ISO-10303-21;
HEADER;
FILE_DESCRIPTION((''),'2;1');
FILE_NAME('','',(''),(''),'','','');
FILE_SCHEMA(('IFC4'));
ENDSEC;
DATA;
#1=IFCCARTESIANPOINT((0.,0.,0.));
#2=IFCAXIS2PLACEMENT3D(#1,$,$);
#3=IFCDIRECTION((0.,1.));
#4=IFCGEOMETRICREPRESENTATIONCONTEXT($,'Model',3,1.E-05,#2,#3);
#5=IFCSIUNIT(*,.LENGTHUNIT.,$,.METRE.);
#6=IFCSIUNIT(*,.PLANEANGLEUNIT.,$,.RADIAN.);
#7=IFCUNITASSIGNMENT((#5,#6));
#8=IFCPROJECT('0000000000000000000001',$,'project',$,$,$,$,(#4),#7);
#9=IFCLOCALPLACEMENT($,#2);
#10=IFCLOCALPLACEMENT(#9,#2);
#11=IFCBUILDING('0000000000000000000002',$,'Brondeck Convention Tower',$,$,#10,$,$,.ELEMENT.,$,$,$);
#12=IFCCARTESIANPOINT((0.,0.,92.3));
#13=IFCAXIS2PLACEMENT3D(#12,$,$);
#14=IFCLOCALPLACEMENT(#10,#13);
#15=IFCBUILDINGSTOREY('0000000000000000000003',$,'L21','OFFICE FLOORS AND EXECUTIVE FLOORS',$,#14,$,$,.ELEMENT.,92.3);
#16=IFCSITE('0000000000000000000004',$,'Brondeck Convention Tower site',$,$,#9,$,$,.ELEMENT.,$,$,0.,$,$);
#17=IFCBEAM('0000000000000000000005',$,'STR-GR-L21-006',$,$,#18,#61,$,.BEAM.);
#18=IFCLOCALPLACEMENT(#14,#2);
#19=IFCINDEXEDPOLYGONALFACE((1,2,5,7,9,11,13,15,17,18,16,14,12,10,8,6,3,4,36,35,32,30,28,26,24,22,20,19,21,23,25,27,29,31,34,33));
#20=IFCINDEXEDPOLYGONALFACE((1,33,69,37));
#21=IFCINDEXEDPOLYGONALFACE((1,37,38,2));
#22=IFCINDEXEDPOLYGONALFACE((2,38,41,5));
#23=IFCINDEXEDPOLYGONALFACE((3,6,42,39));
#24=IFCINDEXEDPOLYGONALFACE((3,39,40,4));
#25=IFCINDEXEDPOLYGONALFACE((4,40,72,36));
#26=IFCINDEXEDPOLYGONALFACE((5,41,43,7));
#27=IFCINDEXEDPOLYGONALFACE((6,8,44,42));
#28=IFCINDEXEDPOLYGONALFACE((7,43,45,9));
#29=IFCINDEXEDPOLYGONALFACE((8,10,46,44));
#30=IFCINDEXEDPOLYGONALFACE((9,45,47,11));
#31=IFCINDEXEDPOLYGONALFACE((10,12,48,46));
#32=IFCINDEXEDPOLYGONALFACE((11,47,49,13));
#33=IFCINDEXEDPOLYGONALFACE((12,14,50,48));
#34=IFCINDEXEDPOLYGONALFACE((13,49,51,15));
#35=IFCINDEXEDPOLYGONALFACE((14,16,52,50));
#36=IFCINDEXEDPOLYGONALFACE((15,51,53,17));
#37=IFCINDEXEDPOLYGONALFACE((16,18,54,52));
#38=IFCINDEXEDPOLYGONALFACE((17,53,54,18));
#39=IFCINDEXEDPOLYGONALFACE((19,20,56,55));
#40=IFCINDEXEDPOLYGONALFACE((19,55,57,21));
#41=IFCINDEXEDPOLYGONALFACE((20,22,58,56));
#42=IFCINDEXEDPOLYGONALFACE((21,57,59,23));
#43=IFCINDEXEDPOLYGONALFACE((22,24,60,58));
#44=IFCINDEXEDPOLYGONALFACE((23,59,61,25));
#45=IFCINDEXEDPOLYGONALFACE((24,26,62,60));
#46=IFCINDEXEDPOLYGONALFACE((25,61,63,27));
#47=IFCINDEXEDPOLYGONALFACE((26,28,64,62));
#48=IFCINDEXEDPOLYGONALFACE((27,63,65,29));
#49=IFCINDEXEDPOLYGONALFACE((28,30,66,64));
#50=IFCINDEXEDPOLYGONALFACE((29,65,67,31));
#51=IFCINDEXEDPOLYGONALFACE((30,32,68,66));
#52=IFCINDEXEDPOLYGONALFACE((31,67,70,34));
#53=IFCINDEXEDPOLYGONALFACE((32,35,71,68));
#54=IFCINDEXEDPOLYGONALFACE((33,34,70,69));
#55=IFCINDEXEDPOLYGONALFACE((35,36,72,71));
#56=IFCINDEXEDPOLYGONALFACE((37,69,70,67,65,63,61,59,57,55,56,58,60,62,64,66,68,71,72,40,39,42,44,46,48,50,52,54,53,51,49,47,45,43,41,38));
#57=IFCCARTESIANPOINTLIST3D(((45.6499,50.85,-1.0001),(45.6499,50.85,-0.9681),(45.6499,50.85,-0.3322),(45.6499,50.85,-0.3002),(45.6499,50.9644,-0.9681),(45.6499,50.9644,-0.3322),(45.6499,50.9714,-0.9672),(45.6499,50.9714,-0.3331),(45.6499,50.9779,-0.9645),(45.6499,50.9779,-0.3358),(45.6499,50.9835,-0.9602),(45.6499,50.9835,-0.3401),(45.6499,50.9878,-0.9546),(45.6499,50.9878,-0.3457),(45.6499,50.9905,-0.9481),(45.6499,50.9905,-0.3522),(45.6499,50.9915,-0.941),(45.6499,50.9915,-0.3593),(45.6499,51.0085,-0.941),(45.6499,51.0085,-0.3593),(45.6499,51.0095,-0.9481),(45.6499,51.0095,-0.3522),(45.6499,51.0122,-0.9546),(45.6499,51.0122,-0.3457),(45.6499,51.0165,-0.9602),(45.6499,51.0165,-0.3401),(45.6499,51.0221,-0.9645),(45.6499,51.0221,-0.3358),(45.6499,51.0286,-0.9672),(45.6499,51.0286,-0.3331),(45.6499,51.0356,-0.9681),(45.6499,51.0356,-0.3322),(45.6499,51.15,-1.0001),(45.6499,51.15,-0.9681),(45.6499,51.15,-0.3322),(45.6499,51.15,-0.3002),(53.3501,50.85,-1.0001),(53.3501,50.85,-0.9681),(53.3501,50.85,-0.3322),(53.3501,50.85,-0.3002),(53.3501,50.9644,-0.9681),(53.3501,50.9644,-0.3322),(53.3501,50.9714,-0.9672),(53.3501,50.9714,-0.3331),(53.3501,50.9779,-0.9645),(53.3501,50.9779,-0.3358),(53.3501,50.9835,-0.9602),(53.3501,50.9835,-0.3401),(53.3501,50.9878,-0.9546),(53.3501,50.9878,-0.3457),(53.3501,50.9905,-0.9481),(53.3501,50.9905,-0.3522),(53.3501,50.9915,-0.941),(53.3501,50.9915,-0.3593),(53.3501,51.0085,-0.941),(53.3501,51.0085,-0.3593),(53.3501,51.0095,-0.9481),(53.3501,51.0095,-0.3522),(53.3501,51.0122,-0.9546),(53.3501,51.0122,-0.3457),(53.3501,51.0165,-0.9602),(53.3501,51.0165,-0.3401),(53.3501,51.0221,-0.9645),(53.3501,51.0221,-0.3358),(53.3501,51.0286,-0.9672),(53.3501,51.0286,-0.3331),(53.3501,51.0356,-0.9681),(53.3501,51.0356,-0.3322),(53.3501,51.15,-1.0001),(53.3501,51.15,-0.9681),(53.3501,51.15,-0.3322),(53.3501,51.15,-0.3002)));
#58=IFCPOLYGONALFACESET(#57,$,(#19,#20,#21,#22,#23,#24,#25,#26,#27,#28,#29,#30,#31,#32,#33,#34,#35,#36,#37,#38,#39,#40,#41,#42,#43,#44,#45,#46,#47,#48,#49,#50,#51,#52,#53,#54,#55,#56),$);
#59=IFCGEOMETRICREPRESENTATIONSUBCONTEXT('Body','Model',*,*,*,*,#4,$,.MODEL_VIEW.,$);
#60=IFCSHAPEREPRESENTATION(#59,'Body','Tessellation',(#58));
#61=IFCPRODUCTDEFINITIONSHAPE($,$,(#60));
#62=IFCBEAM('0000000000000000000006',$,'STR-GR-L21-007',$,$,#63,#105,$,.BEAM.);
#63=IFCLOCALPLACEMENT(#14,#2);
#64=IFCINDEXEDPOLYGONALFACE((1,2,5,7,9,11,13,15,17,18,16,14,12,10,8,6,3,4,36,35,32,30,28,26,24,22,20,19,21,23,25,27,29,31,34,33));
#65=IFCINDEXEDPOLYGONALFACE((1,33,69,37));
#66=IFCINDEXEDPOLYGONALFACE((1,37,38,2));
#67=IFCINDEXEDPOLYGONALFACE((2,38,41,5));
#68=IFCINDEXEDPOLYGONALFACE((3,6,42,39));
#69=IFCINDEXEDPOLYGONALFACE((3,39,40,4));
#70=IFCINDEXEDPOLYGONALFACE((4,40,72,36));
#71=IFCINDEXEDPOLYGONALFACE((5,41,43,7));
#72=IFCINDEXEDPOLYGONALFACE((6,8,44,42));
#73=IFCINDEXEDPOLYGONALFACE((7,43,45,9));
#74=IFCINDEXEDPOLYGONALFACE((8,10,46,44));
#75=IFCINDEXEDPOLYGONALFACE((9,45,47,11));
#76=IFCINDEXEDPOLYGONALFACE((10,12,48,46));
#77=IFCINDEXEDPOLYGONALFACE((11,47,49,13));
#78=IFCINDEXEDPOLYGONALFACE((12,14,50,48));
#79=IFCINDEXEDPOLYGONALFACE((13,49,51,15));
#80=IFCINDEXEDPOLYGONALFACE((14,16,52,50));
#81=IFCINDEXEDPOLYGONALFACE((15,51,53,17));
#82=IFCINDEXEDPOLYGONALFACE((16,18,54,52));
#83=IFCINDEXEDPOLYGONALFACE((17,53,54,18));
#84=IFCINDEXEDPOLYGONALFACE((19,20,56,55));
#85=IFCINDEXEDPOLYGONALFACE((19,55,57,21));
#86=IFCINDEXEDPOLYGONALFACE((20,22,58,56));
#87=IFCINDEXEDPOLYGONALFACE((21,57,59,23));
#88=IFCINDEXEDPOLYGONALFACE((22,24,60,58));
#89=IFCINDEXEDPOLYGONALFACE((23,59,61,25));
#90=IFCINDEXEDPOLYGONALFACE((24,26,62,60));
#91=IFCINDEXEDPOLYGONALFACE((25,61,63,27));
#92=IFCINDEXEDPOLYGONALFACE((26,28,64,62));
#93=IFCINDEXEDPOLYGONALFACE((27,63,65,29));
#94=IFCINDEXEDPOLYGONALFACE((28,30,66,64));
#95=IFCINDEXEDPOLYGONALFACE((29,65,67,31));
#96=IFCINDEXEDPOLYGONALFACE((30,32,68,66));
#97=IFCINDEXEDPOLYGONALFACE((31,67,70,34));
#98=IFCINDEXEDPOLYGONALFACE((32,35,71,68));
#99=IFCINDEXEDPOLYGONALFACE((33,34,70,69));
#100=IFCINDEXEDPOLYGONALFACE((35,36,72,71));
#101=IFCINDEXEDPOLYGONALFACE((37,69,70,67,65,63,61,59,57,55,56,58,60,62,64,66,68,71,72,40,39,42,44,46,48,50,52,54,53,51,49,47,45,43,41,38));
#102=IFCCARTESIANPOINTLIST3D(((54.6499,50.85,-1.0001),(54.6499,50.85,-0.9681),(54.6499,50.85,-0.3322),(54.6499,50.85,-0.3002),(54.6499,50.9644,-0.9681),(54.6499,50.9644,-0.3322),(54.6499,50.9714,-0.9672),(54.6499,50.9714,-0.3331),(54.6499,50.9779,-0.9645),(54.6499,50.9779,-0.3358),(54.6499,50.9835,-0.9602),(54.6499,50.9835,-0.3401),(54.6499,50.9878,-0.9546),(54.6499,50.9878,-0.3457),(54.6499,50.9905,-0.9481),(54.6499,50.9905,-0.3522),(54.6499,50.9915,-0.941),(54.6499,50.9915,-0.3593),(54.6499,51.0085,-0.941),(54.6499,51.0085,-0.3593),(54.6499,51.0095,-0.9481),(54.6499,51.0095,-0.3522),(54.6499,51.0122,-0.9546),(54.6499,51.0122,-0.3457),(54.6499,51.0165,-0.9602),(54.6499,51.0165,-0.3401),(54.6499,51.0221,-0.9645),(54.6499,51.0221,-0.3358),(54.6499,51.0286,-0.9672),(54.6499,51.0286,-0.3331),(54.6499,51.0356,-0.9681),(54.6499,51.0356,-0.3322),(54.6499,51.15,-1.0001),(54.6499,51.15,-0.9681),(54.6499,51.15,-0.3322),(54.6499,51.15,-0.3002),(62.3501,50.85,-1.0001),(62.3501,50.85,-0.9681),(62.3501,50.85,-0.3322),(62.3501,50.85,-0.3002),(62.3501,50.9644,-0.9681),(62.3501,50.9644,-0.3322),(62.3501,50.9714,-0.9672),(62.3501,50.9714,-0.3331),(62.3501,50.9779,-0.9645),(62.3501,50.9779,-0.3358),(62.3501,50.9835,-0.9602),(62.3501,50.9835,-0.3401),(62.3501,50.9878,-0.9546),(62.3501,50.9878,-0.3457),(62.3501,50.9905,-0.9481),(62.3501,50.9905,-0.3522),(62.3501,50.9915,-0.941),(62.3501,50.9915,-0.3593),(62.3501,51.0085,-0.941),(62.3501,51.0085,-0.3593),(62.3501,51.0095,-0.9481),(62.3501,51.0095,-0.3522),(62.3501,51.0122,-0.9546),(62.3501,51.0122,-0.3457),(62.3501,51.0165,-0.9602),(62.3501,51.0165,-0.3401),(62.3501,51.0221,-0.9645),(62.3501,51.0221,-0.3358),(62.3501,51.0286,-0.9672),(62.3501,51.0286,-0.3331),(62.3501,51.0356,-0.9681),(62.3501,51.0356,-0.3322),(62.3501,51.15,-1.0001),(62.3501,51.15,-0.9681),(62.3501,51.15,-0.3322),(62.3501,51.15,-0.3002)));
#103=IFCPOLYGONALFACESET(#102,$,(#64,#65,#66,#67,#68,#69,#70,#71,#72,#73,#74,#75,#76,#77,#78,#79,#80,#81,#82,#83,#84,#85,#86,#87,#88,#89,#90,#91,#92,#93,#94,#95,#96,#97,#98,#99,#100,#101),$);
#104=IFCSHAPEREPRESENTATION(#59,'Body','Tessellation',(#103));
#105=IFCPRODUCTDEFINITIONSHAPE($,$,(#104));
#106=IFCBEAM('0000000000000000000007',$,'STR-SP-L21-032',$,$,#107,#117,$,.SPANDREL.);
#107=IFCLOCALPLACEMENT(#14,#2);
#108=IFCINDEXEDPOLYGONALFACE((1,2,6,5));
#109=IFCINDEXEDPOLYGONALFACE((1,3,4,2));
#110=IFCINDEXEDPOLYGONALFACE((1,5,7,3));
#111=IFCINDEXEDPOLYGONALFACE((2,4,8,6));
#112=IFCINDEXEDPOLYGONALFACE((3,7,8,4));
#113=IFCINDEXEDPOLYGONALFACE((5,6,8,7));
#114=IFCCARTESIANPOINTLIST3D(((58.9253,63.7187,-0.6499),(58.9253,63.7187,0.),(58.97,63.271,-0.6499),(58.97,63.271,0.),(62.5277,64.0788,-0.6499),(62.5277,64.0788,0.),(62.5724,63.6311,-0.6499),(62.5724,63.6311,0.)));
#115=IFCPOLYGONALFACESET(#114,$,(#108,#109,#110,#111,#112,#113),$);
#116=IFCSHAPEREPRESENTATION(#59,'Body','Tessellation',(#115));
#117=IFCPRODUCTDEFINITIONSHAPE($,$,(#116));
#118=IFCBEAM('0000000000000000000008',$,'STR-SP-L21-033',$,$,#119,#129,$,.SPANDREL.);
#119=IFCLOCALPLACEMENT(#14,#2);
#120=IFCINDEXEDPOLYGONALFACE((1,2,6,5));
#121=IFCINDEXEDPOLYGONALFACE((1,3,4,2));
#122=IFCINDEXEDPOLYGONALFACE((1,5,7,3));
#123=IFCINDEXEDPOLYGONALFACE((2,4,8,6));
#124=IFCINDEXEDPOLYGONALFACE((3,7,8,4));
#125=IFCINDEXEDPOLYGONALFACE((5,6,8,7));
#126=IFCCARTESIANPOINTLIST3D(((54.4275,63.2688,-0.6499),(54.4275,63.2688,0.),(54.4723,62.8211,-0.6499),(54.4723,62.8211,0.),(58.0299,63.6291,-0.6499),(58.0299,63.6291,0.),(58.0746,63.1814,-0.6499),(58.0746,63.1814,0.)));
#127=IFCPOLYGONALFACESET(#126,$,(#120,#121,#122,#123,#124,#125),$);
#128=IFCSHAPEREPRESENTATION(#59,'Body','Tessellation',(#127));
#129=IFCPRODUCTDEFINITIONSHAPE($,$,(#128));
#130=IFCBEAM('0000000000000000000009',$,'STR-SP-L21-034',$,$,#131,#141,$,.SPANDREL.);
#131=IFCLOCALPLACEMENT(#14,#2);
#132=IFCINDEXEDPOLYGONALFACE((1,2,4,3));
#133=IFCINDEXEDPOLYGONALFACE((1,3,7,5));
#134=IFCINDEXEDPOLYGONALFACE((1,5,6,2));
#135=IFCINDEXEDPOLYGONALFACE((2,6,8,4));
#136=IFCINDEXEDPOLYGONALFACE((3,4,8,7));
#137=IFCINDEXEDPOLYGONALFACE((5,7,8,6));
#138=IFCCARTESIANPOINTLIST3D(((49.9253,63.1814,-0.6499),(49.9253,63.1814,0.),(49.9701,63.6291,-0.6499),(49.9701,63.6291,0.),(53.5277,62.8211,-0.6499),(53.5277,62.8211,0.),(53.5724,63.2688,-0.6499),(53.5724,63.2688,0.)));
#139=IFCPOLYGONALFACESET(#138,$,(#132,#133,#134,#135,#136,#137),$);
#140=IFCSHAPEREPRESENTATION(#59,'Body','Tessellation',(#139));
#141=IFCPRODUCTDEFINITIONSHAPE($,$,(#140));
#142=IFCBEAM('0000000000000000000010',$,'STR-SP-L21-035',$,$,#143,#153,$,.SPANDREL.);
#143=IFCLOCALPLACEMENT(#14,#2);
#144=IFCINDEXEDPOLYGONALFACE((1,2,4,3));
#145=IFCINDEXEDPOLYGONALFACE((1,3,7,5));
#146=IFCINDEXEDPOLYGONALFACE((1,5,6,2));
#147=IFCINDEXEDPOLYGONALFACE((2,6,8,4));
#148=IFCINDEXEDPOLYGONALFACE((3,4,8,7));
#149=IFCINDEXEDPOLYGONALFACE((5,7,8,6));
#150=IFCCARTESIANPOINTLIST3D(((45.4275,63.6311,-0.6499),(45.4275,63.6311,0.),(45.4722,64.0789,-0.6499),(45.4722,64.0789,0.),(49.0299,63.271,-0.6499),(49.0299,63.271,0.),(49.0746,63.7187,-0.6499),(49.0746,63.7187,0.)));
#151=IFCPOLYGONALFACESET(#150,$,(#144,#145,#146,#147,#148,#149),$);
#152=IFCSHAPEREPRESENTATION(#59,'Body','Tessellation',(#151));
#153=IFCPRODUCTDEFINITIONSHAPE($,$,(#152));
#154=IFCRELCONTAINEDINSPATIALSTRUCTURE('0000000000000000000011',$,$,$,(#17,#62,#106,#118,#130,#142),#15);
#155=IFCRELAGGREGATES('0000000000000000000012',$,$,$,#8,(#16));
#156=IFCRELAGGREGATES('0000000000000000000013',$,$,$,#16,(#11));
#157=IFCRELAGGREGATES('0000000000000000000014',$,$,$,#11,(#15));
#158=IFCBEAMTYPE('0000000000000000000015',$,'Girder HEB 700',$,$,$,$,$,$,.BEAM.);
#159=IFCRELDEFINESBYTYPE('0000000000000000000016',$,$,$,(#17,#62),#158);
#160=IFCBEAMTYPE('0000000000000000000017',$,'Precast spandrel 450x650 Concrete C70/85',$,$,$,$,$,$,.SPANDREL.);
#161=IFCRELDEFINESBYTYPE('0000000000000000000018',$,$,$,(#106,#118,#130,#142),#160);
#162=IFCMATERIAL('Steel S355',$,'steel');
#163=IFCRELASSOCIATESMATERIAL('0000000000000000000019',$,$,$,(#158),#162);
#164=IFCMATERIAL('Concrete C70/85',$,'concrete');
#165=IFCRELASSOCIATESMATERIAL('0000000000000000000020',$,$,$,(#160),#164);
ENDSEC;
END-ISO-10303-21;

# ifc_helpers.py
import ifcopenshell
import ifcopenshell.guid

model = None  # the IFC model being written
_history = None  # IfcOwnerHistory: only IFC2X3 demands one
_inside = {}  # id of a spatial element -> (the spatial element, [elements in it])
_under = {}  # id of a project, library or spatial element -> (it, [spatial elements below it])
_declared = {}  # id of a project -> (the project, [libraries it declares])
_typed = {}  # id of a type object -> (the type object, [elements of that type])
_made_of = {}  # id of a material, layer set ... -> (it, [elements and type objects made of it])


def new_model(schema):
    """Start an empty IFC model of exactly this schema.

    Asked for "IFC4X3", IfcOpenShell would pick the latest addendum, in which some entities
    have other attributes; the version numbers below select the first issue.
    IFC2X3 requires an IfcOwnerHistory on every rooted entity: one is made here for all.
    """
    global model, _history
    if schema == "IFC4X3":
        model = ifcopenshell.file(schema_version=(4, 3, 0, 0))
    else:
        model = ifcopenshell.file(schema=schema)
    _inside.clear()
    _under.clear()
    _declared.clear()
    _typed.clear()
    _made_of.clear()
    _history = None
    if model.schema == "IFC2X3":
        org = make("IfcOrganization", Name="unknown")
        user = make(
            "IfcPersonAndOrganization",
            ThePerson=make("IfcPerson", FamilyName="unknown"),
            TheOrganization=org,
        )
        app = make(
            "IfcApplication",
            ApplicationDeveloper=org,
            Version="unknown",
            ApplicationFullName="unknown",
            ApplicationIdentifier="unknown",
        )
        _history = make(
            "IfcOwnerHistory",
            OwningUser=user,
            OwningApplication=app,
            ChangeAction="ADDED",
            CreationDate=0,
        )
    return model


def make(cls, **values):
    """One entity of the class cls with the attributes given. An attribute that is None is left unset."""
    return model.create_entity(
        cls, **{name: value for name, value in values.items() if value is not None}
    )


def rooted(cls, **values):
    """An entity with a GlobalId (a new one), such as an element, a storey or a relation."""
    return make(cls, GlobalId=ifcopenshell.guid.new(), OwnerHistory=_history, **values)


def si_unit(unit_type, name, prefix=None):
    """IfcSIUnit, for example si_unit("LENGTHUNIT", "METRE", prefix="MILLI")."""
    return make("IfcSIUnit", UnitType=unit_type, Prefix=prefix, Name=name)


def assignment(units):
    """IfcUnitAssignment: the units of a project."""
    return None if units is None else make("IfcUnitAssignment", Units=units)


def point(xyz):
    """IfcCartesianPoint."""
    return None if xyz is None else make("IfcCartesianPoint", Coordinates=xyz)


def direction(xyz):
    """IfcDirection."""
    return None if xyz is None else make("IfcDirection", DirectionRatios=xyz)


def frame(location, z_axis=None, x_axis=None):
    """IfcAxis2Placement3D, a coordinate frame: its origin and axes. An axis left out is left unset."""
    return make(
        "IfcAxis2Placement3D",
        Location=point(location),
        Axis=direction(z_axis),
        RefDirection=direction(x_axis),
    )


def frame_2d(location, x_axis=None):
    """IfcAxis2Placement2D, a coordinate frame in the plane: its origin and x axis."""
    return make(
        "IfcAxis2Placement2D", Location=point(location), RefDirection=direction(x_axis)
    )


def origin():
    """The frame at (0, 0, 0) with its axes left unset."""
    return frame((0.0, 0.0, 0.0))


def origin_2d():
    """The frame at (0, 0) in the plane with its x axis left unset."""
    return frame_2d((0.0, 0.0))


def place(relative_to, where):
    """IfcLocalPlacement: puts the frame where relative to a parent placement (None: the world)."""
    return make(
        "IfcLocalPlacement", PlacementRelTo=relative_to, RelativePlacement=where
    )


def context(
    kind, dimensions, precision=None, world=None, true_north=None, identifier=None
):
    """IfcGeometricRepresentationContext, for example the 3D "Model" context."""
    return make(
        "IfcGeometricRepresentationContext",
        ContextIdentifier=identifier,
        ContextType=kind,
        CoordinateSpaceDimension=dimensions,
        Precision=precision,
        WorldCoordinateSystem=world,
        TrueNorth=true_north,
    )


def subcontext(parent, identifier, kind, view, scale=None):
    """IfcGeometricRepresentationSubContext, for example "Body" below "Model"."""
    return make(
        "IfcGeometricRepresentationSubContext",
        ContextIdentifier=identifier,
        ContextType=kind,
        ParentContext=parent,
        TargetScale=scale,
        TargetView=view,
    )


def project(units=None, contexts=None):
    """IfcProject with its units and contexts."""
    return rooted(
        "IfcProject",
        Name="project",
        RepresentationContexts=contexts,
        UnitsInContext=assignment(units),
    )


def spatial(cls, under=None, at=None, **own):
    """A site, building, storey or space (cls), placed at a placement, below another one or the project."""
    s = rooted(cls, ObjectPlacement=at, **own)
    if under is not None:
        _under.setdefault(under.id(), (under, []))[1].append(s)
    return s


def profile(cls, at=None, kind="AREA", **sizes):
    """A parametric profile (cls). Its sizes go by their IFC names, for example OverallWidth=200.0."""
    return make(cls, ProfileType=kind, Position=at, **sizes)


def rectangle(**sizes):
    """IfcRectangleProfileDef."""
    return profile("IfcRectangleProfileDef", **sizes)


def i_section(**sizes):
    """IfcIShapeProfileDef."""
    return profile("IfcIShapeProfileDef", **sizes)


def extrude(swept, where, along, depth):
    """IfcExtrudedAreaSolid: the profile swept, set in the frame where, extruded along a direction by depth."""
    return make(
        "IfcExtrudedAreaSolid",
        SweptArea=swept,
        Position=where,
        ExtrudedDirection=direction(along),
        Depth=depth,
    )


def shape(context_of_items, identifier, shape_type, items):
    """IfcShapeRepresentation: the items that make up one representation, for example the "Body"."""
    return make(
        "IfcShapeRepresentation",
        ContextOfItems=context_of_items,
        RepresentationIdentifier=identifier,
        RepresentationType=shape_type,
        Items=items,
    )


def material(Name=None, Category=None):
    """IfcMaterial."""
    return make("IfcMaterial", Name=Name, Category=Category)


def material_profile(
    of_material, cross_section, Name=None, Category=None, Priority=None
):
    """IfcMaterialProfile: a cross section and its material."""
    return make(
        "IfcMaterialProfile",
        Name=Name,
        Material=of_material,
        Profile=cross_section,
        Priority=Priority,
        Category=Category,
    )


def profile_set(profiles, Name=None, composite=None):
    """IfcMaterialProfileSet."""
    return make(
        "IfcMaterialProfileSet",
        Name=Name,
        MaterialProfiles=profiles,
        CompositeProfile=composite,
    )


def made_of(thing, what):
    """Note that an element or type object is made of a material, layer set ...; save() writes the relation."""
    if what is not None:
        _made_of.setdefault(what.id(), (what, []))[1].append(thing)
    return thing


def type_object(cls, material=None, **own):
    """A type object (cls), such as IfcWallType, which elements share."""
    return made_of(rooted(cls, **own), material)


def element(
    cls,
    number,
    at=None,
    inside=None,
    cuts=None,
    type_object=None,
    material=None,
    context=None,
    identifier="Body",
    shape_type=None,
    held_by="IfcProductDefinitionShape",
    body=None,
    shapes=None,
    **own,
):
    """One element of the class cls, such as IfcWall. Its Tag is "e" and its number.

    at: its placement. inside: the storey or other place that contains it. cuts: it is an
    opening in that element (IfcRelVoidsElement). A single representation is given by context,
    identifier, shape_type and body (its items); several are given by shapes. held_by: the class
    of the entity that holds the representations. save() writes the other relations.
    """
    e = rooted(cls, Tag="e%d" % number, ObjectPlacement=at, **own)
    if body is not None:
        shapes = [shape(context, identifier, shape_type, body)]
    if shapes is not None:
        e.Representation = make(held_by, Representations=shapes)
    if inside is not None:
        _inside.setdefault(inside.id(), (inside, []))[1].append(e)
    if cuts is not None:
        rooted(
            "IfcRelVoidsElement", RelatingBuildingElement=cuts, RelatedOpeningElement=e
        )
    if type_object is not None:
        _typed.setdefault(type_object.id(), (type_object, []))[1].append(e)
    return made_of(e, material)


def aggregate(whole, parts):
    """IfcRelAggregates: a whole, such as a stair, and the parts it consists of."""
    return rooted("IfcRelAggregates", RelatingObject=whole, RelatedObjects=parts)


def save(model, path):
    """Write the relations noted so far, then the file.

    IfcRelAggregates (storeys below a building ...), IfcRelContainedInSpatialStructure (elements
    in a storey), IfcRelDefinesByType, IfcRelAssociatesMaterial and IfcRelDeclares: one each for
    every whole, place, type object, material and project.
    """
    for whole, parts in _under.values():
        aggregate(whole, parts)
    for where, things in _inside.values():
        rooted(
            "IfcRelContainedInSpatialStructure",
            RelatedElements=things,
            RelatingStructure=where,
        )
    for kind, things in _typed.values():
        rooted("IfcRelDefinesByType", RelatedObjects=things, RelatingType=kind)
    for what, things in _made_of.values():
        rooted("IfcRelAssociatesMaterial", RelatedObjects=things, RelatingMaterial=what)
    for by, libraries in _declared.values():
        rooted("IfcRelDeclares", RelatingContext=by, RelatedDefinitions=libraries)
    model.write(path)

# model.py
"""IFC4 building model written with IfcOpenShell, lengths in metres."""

from ifc_helpers import new_model, si_unit, direction, frame, origin, origin_2d, place, context, subcontext, project, spatial, rectangle, i_section, extrude, material, material_profile, profile_set, type_object, element, save


model = new_model("IFC4")

# Units and contexts
model_context = context("Model", 3, precision=1e-05, world=origin(), true_north=direction((0.0, 1.0)))
body_context = subcontext(model_context, "Body", "Model", "MODEL_VIEW")
ifc_project = project(units=[si_unit("LENGTHUNIT", "METRE"), si_unit("PLANEANGLEUNIT", "RADIAN")], contexts=[model_context])

# Site, building, storey
site_placement = place(None, origin())
site = spatial("IfcSite", under=ifc_project, at=site_placement, Name="Brondeck Convention Tower site", CompositionType="ELEMENT", RefElevation=0.0)
building_placement = place(site_placement, origin())
building = spatial("IfcBuilding", under=site, at=building_placement, Name="Brondeck Convention Tower", CompositionType="ELEMENT")
storey_placement = place(building_placement, frame((0.0, 0.0, 92.3)))
storey = spatial("IfcBuildingStorey", under=building, at=storey_placement, Name="L21", Description="OFFICE FLOORS AND EXECUTIVE FLOORS", CompositionType="ELEMENT", Elevation=92.3)

# Shared definitions
ifc_material_1 = material(Name="Concrete C70/85", Category="concrete")

# Beams
ifc_material_2 = material(Name="Steel S355", Category="steel")
ifc_material_profile_1 = material_profile(ifc_material_2, i_section(OverallWidth=0.3, OverallDepth=0.7, WebThickness=0.0171, FlangeThickness=0.032, FilletRadius=0.0271, at=origin_2d()), Name="HEB 700")
ifc_profile_set_1 = profile_set([ifc_material_profile_1], Name="Steel S355")
beam_type_1 = type_object("IfcBeamType", Name="Girder HEB 700", PredefinedType="BEAM", material=ifc_profile_set_1)
for number, where, z_axis, x_axis, name in (
    (1, (45.6499, 51.0, -0.6501), (1.0, 0.0, 0.0), (0.0, 1.0, 0.0), "STR-GR-L21-006"),
    (2, (54.6499, 51.0, -0.6501), (1.0, 0.0, 0.0), (0.0, 1.0, 0.0), "STR-GR-L21-007"),
):
    element("IfcBeam", number, at=place(storey_placement, frame(where, z_axis=z_axis, x_axis=x_axis)), inside=storey, type_object=beam_type_1, Name=name, PredefinedType="BEAM", context=body_context, shape_type="SweptSolid", body=[
        extrude(i_section(OverallWidth=0.3, OverallDepth=0.7, WebThickness=0.0171, FlangeThickness=0.032, FilletRadius=0.0271, at=origin_2d()), origin(), (0.0, 0.0, 1.0), 7.7002),
    ])
ifc_material_profile_2 = material_profile(ifc_material_1, rectangle(XDim=0.45, YDim=0.6499, at=origin_2d()), Name="Precast spandrel 450x650 Concrete C70/85")
ifc_profile_set_2 = profile_set([ifc_material_profile_2], Name="Concrete C70/85")
beam_type_2 = type_object("IfcBeamType", Name="Precast spandrel 450x650 Concrete C70/85", PredefinedType="SPANDREL", material=ifc_profile_set_2)
for number, where, z_axis, x_axis, name in (
    (3, (62.55, 63.855, -0.325), (-0.995041, -0.09947, 0.0), (0.09947, -0.995041, 0.0), "STR-SP-L21-032"),
    (4, (58.0522, 63.4053, -0.325), (-0.995034, -0.099537, 0.0), (0.099537, -0.995034, 0.0), "STR-SP-L21-033"),
    (5, (53.55, 63.0449, -0.325), (-0.995034, 0.099537, 0.0), (-0.099537, -0.995034, 0.0), "STR-SP-L21-034"),
    (6, (49.0522, 63.4949, -0.325), (-0.995041, 0.09947, 0.0), (-0.09947, -0.995041, 0.0), "STR-SP-L21-035"),
):
    element("IfcBeam", number, at=place(storey_placement, frame(where, z_axis=z_axis, x_axis=x_axis)), inside=storey, type_object=beam_type_2, Name=name, PredefinedType="SPANDREL", context=body_context, shape_type="SweptSolid", body=[
        extrude(rectangle(XDim=0.45, YDim=0.6499, at=origin_2d()), origin(), (0.0, 0.0, 1.0), 3.6204),
    ])

save(model, "model.ifc")
